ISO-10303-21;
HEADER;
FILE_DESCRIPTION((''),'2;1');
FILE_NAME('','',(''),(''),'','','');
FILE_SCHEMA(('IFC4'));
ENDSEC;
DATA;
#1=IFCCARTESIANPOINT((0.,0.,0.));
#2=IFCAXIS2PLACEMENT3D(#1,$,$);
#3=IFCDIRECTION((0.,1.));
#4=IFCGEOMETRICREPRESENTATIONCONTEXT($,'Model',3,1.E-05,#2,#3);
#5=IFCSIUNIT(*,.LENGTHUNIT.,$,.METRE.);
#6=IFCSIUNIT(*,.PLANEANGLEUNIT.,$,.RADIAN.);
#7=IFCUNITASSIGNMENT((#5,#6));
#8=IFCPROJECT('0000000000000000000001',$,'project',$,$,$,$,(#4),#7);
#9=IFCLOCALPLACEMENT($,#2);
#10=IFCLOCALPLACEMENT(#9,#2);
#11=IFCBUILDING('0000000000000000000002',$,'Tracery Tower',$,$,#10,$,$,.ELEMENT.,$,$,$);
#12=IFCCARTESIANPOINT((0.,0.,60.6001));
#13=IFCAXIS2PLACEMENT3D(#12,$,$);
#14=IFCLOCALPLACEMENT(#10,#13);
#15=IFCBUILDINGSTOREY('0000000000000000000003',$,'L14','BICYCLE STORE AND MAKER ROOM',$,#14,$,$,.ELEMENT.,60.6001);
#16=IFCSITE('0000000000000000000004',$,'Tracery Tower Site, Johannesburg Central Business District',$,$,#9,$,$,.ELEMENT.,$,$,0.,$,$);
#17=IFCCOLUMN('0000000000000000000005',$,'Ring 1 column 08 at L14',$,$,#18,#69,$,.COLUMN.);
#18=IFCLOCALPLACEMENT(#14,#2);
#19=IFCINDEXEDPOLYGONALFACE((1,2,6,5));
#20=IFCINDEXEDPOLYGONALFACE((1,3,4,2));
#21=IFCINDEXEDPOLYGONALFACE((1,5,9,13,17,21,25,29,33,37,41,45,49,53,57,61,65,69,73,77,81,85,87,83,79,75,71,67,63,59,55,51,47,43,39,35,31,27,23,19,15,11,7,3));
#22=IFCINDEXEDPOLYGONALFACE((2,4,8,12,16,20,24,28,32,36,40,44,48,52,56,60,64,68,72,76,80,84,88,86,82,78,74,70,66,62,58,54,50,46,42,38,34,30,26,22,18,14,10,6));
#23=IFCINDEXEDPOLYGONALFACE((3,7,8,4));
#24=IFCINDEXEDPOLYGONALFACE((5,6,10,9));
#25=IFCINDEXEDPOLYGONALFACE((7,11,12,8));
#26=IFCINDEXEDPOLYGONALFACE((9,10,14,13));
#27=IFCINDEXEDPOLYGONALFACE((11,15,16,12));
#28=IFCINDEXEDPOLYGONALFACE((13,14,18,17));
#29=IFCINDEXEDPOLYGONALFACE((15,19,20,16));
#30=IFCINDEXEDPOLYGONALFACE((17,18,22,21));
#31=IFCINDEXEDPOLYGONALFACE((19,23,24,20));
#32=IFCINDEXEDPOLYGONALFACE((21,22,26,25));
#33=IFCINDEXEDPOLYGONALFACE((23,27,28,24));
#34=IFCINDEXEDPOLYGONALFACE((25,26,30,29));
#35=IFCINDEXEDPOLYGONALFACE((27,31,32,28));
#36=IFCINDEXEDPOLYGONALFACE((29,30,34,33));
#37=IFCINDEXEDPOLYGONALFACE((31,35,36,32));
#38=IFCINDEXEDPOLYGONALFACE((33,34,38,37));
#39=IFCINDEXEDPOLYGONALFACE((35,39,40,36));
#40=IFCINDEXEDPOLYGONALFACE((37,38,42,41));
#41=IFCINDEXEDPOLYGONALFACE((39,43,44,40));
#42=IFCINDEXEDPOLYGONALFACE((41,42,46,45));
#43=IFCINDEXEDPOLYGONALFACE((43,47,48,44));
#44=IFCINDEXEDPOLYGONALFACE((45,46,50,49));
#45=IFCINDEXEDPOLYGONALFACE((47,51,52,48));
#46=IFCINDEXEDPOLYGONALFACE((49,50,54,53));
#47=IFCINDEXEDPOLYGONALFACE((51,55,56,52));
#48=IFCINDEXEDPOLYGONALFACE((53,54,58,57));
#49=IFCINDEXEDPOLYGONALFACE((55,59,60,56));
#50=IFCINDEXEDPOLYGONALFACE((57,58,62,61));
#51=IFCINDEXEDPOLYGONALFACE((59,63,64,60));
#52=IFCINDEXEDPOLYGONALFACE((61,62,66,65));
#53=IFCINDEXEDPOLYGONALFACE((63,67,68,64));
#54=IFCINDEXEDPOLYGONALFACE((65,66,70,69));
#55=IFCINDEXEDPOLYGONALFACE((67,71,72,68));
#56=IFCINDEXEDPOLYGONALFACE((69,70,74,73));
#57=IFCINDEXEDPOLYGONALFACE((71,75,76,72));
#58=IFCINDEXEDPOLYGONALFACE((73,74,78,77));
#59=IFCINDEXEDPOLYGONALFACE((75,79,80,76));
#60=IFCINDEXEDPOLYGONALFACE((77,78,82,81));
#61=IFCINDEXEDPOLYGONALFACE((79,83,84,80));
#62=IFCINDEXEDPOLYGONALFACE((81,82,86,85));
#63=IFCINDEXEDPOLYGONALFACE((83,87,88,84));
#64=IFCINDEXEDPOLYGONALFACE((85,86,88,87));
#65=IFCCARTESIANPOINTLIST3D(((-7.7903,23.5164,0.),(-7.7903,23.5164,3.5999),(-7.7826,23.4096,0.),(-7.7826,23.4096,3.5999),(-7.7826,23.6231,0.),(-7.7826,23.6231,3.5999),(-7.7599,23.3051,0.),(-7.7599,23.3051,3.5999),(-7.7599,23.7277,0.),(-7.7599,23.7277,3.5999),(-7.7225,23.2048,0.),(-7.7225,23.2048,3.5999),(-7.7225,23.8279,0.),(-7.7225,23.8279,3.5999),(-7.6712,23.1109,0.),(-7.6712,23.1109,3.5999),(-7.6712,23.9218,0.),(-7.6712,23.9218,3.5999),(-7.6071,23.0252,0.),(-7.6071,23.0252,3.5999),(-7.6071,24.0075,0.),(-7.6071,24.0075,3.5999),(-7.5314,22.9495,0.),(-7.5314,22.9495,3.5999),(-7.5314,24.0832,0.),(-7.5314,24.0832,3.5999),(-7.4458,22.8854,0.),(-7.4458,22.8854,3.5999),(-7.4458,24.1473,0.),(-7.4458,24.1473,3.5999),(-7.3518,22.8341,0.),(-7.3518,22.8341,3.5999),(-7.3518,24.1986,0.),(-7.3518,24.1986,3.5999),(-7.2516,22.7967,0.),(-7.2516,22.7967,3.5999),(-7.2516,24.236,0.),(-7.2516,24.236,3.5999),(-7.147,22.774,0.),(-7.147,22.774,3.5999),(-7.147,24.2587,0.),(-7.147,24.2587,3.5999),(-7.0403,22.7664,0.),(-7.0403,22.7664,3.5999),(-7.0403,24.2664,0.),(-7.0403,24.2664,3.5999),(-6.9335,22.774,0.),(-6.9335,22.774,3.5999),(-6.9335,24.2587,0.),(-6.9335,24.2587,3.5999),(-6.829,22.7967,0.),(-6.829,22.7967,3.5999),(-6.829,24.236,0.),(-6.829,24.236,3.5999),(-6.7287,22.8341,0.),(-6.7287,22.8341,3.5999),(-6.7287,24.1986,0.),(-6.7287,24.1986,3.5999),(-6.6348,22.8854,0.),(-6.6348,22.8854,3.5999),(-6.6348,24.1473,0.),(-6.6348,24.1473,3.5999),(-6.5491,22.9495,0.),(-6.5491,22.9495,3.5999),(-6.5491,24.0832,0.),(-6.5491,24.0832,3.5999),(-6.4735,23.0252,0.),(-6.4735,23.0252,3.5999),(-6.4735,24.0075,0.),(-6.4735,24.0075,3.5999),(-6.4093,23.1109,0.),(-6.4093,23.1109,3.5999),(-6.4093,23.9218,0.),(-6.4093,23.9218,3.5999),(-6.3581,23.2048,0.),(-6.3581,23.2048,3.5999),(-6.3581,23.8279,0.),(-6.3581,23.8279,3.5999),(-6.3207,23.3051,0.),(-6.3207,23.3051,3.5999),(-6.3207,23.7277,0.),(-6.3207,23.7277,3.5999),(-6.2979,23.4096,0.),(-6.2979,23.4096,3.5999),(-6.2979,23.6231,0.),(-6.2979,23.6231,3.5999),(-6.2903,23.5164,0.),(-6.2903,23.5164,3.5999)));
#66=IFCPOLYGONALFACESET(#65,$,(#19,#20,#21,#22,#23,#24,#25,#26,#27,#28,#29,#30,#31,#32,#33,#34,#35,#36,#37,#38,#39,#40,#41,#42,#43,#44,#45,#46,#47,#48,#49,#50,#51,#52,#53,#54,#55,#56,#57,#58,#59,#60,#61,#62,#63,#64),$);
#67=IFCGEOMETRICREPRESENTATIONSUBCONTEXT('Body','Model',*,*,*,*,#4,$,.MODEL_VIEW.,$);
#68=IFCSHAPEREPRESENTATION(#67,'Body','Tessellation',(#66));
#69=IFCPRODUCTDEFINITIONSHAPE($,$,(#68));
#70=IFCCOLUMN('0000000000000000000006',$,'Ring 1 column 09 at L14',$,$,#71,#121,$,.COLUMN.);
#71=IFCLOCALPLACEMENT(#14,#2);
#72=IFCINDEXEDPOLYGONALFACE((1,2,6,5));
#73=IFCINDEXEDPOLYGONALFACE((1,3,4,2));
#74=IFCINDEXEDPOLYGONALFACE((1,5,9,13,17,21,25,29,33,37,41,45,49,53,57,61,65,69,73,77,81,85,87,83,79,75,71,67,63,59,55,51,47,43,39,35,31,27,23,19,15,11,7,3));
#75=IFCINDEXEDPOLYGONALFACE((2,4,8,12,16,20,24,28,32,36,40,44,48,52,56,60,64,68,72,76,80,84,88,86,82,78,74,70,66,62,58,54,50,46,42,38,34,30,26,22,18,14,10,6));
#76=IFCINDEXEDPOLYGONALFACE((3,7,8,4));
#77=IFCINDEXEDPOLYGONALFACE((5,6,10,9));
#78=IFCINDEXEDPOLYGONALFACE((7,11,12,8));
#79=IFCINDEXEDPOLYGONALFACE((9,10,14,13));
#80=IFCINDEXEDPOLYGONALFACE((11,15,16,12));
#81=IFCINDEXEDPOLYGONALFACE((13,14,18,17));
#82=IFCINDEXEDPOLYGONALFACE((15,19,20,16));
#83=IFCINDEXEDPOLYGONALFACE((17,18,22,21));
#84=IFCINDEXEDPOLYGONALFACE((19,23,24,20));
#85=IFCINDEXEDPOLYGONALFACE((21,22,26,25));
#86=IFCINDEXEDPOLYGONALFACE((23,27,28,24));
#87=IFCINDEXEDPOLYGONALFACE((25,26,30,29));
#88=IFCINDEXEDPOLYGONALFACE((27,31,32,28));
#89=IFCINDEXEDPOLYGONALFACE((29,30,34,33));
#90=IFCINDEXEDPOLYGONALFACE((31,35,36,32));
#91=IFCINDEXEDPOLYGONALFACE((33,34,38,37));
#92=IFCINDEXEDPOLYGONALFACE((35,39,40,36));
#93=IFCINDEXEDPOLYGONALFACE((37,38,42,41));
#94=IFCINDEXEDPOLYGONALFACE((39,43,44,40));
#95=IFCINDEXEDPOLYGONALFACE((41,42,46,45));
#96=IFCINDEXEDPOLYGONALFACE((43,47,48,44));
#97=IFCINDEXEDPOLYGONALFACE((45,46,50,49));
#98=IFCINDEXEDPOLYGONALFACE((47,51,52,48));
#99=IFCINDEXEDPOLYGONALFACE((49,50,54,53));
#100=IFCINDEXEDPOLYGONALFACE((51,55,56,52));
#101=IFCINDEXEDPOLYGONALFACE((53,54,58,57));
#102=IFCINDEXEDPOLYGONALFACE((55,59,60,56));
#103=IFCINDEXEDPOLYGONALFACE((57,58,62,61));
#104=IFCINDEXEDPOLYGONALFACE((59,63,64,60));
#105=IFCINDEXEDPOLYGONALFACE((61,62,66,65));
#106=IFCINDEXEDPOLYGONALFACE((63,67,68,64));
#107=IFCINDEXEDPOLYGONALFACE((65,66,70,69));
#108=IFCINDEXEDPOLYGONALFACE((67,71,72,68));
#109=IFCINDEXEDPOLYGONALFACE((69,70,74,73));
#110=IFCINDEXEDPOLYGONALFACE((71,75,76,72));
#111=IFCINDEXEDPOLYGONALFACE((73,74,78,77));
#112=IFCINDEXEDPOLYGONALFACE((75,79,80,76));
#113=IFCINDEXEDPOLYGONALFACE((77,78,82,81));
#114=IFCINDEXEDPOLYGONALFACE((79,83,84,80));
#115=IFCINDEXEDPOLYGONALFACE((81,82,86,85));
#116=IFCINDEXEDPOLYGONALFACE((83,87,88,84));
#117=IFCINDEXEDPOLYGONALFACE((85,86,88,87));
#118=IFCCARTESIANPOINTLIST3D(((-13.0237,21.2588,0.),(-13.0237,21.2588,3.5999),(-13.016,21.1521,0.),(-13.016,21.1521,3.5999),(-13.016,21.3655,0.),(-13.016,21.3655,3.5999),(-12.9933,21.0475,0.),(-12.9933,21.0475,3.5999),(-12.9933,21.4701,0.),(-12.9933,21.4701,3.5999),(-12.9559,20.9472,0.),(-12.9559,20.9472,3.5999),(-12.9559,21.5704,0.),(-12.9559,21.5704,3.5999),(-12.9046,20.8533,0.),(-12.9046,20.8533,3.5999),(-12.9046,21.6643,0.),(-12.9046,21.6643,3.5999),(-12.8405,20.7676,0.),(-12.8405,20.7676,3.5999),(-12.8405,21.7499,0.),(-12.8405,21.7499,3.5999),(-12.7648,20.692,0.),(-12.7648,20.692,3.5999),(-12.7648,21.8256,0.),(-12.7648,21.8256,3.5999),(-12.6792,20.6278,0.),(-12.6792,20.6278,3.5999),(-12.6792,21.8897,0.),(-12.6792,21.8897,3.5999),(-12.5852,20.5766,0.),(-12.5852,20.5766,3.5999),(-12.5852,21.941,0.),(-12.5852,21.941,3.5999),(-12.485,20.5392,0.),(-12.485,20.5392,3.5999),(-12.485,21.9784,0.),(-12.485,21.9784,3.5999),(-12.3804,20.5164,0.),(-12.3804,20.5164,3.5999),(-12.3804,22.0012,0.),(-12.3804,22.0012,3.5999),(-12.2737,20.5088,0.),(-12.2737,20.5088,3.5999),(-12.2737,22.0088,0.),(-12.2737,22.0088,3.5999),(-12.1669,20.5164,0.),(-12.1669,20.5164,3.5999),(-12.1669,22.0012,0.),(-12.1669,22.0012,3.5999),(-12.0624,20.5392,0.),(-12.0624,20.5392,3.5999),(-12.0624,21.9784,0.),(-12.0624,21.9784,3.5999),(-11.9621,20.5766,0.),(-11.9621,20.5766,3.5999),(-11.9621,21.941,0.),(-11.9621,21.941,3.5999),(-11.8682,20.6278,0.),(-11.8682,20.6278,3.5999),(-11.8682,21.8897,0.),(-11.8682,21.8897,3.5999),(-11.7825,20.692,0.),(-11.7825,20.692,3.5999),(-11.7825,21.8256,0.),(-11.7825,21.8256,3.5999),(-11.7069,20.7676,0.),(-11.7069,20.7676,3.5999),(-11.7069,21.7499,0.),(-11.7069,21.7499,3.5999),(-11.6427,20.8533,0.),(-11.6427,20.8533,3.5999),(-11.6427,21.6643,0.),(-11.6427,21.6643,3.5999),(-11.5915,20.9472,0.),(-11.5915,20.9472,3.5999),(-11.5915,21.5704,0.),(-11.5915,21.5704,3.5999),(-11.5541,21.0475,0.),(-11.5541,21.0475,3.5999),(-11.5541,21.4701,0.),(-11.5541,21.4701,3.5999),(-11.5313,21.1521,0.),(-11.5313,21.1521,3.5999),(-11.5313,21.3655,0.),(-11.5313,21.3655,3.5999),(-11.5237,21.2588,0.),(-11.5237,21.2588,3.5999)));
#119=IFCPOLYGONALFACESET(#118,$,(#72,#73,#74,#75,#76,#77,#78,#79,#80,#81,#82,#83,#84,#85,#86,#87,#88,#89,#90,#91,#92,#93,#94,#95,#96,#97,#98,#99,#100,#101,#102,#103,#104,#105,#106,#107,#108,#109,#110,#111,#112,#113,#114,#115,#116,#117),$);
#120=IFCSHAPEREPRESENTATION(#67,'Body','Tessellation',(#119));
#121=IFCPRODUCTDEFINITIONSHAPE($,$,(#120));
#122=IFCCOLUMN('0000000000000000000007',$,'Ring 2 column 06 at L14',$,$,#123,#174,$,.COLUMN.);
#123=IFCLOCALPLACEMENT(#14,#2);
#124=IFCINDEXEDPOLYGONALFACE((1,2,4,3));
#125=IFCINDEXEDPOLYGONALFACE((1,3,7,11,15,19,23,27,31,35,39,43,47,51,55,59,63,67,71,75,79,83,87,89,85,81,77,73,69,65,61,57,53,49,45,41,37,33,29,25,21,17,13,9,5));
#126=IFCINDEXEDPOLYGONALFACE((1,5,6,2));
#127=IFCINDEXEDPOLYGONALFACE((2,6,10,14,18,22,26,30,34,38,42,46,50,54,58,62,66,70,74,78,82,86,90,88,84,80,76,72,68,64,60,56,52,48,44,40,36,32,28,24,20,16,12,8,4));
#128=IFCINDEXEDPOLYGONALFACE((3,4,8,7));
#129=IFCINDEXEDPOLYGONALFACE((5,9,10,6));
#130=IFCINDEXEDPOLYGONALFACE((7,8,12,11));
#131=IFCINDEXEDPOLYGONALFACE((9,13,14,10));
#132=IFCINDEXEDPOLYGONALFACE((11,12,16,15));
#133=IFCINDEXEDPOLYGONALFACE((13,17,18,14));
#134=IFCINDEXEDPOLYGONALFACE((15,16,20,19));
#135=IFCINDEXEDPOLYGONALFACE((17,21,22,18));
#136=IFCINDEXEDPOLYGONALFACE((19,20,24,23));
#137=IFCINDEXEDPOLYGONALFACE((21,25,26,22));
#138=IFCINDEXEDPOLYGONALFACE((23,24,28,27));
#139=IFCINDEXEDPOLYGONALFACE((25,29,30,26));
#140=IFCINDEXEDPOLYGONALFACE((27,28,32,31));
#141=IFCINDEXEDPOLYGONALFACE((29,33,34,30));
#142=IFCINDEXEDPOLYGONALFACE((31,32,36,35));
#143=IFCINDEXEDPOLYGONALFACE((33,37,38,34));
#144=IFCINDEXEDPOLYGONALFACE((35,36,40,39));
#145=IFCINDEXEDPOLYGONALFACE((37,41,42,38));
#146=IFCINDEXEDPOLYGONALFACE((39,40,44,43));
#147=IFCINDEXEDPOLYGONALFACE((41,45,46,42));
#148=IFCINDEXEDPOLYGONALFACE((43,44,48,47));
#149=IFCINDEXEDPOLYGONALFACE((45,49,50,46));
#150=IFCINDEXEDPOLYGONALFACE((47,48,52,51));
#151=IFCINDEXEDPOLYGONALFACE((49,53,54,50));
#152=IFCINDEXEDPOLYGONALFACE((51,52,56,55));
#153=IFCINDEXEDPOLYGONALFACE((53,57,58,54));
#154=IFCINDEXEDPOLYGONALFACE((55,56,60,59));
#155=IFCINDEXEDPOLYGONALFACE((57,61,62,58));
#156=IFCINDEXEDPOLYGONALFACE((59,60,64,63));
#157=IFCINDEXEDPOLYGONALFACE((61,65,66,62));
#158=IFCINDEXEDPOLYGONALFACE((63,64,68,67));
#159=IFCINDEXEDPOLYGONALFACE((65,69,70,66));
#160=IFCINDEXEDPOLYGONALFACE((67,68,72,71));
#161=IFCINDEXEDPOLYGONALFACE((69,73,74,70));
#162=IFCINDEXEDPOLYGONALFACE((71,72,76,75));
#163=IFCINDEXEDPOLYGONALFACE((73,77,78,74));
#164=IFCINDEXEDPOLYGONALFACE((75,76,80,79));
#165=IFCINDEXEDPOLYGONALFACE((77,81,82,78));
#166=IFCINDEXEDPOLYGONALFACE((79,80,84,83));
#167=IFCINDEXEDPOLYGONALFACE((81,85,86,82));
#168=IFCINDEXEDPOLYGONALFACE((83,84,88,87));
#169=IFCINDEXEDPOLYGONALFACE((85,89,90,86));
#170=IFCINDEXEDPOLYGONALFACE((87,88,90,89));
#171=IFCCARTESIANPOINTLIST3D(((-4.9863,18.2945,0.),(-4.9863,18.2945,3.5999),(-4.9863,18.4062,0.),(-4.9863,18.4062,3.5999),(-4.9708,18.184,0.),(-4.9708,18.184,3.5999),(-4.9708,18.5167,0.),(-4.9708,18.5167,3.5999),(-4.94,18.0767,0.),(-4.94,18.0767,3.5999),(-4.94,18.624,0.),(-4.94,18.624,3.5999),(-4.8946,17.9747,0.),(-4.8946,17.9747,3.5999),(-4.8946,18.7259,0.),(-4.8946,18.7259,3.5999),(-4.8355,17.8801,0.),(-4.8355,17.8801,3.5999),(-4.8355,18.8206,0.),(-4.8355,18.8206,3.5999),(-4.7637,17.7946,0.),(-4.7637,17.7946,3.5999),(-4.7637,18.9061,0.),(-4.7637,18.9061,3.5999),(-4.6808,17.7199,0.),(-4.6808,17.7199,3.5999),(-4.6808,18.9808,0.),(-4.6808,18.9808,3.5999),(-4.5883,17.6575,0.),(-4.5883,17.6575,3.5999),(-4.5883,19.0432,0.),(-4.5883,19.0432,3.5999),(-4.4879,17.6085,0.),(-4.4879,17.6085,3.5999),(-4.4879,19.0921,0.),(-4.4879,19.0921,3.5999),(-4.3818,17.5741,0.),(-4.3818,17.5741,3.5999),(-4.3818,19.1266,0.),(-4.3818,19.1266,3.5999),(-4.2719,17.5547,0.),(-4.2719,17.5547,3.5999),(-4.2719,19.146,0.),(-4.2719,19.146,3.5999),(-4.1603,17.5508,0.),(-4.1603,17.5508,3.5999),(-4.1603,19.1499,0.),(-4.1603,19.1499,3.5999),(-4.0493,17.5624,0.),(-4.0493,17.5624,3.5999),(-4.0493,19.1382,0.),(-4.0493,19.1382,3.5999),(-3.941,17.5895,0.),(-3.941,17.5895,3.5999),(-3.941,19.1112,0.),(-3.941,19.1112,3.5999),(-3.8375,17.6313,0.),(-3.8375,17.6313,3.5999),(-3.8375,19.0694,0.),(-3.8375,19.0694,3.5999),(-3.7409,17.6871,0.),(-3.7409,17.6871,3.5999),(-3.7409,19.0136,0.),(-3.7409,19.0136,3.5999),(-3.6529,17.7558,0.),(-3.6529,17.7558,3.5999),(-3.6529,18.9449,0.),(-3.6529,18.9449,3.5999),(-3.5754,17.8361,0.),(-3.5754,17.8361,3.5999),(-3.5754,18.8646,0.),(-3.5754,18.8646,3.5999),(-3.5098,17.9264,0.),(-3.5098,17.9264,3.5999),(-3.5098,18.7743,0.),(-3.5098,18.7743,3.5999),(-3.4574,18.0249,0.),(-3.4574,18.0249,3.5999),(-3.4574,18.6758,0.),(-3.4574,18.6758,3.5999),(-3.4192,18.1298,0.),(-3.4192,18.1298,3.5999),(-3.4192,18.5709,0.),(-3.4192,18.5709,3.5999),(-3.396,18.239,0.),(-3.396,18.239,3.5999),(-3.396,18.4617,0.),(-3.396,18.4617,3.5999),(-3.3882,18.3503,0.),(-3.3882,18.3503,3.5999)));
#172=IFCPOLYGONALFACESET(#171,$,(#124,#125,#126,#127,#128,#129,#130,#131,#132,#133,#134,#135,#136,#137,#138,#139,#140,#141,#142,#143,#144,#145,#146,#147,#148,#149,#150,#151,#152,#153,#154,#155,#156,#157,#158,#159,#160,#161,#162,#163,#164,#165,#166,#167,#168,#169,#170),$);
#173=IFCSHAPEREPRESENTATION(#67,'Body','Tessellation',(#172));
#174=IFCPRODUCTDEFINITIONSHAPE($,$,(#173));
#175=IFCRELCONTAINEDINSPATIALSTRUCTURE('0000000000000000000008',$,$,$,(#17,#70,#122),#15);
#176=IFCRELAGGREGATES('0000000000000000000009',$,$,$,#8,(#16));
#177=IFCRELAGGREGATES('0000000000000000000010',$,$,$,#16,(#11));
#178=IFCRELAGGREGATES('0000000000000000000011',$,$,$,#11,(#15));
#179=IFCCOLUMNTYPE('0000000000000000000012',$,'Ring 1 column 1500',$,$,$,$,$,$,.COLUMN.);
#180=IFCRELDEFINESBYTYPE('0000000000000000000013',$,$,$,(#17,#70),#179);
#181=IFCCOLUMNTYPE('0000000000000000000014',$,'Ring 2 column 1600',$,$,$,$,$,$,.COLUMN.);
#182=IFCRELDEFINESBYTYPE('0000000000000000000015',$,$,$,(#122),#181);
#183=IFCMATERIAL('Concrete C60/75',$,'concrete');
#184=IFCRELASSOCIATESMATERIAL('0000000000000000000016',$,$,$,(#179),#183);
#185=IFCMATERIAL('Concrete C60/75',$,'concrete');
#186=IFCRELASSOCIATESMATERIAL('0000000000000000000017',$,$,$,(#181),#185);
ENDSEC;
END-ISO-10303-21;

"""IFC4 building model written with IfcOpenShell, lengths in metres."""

from ifc_helpers import new_model, si_unit, direction, frame, origin, origin_2d, place, context, subcontext, project, spatial, circle, extrude, material, material_profile, profile_set, type_object, element, save


model = new_model("IFC4")

# Units and contexts
model_context = context("Model", 3, precision=1e-05, world=origin(), true_north=direction((0.0, 1.0)))
body_context = subcontext(model_context, "Body", "Model", "MODEL_VIEW")
ifc_project = project(units=[si_unit("LENGTHUNIT", "METRE"), si_unit("PLANEANGLEUNIT", "RADIAN")], contexts=[model_context])

# Site, building, storey
site_placement = place(None, origin())
site = spatial("IfcSite", under=ifc_project, at=site_placement, Name="Tracery Tower Site, Johannesburg Central Business District", CompositionType="ELEMENT", RefElevation=0.0)
building_placement = place(site_placement, origin())
building = spatial("IfcBuilding", under=site, at=building_placement, Name="Tracery Tower", CompositionType="ELEMENT")
storey_placement = place(building_placement, frame((0.0, 0.0, 60.6001)))
storey = spatial("IfcBuildingStorey", under=building, at=storey_placement, Name="L14", Description="BICYCLE STORE AND MAKER ROOM", CompositionType="ELEMENT", Elevation=60.6001)

# Columns
ifc_material_1 = material(Name="Concrete C60/75", Category="concrete")
ifc_material_profile_1 = material_profile(ifc_material_1, circle(Radius=0.75, at=origin_2d()), Name="RC D1500")
ifc_profile_set_1 = profile_set([ifc_material_profile_1], Name="Concrete C60/75")
column_type_1 = type_object("IfcColumnType", Name="Ring 1 column 1500", PredefinedType="COLUMN", material=ifc_profile_set_1)
for number, where, z_axis, x_axis, name in (
    (1, (-7.0403, 23.5164, 0.0), (0.0, 0.0, 1.0), (1.0, 0.0, 0.0), "Ring 1 column 08 at L14"),
    (2, (-12.2737, 21.2588, 0.0), (0.0, 0.0, 1.0), (1.0, 0.0, 0.0), "Ring 1 column 09 at L14"),
):
    element("IfcColumn", number, at=place(storey_placement, frame(where, z_axis=z_axis, x_axis=x_axis)), inside=storey, type_object=column_type_1, Name=name, PredefinedType="COLUMN", context=body_context, shape_type="SweptSolid", body=[
        extrude(circle(Radius=0.75, at=origin_2d()), origin(), (0.0, 0.0, 1.0), 3.5999),
    ])
ifc_material_2 = material(Name="Concrete C60/75", Category="concrete")
ifc_material_profile_2 = material_profile(ifc_material_2, circle(Radius=0.8, at=origin_2d()), Name="RC D1600")
ifc_profile_set_2 = profile_set([ifc_material_profile_2], Name="Concrete C60/75")
column_type_2 = type_object("IfcColumnType", Name="Ring 2 column 1600", PredefinedType="COLUMN", material=ifc_profile_set_2)
for number, where, z_axis, x_axis, name in (
    (3, (-4.1882, 18.3503, 0.0), (0.0, 0.0, 1.0), (1.0, 0.0, 0.0), "Ring 2 column 06 at L14"),
):
    element("IfcColumn", number, at=place(storey_placement, frame(where, z_axis=z_axis, x_axis=x_axis)), inside=storey, type_object=column_type_2, Name=name, PredefinedType="COLUMN", context=body_context, shape_type="SweptSolid", body=[
        extrude(circle(Radius=0.8, at=origin_2d()), origin(), (0.0, 0.0, 1.0), 3.5999),
    ])

save(model, "model.ifc")
